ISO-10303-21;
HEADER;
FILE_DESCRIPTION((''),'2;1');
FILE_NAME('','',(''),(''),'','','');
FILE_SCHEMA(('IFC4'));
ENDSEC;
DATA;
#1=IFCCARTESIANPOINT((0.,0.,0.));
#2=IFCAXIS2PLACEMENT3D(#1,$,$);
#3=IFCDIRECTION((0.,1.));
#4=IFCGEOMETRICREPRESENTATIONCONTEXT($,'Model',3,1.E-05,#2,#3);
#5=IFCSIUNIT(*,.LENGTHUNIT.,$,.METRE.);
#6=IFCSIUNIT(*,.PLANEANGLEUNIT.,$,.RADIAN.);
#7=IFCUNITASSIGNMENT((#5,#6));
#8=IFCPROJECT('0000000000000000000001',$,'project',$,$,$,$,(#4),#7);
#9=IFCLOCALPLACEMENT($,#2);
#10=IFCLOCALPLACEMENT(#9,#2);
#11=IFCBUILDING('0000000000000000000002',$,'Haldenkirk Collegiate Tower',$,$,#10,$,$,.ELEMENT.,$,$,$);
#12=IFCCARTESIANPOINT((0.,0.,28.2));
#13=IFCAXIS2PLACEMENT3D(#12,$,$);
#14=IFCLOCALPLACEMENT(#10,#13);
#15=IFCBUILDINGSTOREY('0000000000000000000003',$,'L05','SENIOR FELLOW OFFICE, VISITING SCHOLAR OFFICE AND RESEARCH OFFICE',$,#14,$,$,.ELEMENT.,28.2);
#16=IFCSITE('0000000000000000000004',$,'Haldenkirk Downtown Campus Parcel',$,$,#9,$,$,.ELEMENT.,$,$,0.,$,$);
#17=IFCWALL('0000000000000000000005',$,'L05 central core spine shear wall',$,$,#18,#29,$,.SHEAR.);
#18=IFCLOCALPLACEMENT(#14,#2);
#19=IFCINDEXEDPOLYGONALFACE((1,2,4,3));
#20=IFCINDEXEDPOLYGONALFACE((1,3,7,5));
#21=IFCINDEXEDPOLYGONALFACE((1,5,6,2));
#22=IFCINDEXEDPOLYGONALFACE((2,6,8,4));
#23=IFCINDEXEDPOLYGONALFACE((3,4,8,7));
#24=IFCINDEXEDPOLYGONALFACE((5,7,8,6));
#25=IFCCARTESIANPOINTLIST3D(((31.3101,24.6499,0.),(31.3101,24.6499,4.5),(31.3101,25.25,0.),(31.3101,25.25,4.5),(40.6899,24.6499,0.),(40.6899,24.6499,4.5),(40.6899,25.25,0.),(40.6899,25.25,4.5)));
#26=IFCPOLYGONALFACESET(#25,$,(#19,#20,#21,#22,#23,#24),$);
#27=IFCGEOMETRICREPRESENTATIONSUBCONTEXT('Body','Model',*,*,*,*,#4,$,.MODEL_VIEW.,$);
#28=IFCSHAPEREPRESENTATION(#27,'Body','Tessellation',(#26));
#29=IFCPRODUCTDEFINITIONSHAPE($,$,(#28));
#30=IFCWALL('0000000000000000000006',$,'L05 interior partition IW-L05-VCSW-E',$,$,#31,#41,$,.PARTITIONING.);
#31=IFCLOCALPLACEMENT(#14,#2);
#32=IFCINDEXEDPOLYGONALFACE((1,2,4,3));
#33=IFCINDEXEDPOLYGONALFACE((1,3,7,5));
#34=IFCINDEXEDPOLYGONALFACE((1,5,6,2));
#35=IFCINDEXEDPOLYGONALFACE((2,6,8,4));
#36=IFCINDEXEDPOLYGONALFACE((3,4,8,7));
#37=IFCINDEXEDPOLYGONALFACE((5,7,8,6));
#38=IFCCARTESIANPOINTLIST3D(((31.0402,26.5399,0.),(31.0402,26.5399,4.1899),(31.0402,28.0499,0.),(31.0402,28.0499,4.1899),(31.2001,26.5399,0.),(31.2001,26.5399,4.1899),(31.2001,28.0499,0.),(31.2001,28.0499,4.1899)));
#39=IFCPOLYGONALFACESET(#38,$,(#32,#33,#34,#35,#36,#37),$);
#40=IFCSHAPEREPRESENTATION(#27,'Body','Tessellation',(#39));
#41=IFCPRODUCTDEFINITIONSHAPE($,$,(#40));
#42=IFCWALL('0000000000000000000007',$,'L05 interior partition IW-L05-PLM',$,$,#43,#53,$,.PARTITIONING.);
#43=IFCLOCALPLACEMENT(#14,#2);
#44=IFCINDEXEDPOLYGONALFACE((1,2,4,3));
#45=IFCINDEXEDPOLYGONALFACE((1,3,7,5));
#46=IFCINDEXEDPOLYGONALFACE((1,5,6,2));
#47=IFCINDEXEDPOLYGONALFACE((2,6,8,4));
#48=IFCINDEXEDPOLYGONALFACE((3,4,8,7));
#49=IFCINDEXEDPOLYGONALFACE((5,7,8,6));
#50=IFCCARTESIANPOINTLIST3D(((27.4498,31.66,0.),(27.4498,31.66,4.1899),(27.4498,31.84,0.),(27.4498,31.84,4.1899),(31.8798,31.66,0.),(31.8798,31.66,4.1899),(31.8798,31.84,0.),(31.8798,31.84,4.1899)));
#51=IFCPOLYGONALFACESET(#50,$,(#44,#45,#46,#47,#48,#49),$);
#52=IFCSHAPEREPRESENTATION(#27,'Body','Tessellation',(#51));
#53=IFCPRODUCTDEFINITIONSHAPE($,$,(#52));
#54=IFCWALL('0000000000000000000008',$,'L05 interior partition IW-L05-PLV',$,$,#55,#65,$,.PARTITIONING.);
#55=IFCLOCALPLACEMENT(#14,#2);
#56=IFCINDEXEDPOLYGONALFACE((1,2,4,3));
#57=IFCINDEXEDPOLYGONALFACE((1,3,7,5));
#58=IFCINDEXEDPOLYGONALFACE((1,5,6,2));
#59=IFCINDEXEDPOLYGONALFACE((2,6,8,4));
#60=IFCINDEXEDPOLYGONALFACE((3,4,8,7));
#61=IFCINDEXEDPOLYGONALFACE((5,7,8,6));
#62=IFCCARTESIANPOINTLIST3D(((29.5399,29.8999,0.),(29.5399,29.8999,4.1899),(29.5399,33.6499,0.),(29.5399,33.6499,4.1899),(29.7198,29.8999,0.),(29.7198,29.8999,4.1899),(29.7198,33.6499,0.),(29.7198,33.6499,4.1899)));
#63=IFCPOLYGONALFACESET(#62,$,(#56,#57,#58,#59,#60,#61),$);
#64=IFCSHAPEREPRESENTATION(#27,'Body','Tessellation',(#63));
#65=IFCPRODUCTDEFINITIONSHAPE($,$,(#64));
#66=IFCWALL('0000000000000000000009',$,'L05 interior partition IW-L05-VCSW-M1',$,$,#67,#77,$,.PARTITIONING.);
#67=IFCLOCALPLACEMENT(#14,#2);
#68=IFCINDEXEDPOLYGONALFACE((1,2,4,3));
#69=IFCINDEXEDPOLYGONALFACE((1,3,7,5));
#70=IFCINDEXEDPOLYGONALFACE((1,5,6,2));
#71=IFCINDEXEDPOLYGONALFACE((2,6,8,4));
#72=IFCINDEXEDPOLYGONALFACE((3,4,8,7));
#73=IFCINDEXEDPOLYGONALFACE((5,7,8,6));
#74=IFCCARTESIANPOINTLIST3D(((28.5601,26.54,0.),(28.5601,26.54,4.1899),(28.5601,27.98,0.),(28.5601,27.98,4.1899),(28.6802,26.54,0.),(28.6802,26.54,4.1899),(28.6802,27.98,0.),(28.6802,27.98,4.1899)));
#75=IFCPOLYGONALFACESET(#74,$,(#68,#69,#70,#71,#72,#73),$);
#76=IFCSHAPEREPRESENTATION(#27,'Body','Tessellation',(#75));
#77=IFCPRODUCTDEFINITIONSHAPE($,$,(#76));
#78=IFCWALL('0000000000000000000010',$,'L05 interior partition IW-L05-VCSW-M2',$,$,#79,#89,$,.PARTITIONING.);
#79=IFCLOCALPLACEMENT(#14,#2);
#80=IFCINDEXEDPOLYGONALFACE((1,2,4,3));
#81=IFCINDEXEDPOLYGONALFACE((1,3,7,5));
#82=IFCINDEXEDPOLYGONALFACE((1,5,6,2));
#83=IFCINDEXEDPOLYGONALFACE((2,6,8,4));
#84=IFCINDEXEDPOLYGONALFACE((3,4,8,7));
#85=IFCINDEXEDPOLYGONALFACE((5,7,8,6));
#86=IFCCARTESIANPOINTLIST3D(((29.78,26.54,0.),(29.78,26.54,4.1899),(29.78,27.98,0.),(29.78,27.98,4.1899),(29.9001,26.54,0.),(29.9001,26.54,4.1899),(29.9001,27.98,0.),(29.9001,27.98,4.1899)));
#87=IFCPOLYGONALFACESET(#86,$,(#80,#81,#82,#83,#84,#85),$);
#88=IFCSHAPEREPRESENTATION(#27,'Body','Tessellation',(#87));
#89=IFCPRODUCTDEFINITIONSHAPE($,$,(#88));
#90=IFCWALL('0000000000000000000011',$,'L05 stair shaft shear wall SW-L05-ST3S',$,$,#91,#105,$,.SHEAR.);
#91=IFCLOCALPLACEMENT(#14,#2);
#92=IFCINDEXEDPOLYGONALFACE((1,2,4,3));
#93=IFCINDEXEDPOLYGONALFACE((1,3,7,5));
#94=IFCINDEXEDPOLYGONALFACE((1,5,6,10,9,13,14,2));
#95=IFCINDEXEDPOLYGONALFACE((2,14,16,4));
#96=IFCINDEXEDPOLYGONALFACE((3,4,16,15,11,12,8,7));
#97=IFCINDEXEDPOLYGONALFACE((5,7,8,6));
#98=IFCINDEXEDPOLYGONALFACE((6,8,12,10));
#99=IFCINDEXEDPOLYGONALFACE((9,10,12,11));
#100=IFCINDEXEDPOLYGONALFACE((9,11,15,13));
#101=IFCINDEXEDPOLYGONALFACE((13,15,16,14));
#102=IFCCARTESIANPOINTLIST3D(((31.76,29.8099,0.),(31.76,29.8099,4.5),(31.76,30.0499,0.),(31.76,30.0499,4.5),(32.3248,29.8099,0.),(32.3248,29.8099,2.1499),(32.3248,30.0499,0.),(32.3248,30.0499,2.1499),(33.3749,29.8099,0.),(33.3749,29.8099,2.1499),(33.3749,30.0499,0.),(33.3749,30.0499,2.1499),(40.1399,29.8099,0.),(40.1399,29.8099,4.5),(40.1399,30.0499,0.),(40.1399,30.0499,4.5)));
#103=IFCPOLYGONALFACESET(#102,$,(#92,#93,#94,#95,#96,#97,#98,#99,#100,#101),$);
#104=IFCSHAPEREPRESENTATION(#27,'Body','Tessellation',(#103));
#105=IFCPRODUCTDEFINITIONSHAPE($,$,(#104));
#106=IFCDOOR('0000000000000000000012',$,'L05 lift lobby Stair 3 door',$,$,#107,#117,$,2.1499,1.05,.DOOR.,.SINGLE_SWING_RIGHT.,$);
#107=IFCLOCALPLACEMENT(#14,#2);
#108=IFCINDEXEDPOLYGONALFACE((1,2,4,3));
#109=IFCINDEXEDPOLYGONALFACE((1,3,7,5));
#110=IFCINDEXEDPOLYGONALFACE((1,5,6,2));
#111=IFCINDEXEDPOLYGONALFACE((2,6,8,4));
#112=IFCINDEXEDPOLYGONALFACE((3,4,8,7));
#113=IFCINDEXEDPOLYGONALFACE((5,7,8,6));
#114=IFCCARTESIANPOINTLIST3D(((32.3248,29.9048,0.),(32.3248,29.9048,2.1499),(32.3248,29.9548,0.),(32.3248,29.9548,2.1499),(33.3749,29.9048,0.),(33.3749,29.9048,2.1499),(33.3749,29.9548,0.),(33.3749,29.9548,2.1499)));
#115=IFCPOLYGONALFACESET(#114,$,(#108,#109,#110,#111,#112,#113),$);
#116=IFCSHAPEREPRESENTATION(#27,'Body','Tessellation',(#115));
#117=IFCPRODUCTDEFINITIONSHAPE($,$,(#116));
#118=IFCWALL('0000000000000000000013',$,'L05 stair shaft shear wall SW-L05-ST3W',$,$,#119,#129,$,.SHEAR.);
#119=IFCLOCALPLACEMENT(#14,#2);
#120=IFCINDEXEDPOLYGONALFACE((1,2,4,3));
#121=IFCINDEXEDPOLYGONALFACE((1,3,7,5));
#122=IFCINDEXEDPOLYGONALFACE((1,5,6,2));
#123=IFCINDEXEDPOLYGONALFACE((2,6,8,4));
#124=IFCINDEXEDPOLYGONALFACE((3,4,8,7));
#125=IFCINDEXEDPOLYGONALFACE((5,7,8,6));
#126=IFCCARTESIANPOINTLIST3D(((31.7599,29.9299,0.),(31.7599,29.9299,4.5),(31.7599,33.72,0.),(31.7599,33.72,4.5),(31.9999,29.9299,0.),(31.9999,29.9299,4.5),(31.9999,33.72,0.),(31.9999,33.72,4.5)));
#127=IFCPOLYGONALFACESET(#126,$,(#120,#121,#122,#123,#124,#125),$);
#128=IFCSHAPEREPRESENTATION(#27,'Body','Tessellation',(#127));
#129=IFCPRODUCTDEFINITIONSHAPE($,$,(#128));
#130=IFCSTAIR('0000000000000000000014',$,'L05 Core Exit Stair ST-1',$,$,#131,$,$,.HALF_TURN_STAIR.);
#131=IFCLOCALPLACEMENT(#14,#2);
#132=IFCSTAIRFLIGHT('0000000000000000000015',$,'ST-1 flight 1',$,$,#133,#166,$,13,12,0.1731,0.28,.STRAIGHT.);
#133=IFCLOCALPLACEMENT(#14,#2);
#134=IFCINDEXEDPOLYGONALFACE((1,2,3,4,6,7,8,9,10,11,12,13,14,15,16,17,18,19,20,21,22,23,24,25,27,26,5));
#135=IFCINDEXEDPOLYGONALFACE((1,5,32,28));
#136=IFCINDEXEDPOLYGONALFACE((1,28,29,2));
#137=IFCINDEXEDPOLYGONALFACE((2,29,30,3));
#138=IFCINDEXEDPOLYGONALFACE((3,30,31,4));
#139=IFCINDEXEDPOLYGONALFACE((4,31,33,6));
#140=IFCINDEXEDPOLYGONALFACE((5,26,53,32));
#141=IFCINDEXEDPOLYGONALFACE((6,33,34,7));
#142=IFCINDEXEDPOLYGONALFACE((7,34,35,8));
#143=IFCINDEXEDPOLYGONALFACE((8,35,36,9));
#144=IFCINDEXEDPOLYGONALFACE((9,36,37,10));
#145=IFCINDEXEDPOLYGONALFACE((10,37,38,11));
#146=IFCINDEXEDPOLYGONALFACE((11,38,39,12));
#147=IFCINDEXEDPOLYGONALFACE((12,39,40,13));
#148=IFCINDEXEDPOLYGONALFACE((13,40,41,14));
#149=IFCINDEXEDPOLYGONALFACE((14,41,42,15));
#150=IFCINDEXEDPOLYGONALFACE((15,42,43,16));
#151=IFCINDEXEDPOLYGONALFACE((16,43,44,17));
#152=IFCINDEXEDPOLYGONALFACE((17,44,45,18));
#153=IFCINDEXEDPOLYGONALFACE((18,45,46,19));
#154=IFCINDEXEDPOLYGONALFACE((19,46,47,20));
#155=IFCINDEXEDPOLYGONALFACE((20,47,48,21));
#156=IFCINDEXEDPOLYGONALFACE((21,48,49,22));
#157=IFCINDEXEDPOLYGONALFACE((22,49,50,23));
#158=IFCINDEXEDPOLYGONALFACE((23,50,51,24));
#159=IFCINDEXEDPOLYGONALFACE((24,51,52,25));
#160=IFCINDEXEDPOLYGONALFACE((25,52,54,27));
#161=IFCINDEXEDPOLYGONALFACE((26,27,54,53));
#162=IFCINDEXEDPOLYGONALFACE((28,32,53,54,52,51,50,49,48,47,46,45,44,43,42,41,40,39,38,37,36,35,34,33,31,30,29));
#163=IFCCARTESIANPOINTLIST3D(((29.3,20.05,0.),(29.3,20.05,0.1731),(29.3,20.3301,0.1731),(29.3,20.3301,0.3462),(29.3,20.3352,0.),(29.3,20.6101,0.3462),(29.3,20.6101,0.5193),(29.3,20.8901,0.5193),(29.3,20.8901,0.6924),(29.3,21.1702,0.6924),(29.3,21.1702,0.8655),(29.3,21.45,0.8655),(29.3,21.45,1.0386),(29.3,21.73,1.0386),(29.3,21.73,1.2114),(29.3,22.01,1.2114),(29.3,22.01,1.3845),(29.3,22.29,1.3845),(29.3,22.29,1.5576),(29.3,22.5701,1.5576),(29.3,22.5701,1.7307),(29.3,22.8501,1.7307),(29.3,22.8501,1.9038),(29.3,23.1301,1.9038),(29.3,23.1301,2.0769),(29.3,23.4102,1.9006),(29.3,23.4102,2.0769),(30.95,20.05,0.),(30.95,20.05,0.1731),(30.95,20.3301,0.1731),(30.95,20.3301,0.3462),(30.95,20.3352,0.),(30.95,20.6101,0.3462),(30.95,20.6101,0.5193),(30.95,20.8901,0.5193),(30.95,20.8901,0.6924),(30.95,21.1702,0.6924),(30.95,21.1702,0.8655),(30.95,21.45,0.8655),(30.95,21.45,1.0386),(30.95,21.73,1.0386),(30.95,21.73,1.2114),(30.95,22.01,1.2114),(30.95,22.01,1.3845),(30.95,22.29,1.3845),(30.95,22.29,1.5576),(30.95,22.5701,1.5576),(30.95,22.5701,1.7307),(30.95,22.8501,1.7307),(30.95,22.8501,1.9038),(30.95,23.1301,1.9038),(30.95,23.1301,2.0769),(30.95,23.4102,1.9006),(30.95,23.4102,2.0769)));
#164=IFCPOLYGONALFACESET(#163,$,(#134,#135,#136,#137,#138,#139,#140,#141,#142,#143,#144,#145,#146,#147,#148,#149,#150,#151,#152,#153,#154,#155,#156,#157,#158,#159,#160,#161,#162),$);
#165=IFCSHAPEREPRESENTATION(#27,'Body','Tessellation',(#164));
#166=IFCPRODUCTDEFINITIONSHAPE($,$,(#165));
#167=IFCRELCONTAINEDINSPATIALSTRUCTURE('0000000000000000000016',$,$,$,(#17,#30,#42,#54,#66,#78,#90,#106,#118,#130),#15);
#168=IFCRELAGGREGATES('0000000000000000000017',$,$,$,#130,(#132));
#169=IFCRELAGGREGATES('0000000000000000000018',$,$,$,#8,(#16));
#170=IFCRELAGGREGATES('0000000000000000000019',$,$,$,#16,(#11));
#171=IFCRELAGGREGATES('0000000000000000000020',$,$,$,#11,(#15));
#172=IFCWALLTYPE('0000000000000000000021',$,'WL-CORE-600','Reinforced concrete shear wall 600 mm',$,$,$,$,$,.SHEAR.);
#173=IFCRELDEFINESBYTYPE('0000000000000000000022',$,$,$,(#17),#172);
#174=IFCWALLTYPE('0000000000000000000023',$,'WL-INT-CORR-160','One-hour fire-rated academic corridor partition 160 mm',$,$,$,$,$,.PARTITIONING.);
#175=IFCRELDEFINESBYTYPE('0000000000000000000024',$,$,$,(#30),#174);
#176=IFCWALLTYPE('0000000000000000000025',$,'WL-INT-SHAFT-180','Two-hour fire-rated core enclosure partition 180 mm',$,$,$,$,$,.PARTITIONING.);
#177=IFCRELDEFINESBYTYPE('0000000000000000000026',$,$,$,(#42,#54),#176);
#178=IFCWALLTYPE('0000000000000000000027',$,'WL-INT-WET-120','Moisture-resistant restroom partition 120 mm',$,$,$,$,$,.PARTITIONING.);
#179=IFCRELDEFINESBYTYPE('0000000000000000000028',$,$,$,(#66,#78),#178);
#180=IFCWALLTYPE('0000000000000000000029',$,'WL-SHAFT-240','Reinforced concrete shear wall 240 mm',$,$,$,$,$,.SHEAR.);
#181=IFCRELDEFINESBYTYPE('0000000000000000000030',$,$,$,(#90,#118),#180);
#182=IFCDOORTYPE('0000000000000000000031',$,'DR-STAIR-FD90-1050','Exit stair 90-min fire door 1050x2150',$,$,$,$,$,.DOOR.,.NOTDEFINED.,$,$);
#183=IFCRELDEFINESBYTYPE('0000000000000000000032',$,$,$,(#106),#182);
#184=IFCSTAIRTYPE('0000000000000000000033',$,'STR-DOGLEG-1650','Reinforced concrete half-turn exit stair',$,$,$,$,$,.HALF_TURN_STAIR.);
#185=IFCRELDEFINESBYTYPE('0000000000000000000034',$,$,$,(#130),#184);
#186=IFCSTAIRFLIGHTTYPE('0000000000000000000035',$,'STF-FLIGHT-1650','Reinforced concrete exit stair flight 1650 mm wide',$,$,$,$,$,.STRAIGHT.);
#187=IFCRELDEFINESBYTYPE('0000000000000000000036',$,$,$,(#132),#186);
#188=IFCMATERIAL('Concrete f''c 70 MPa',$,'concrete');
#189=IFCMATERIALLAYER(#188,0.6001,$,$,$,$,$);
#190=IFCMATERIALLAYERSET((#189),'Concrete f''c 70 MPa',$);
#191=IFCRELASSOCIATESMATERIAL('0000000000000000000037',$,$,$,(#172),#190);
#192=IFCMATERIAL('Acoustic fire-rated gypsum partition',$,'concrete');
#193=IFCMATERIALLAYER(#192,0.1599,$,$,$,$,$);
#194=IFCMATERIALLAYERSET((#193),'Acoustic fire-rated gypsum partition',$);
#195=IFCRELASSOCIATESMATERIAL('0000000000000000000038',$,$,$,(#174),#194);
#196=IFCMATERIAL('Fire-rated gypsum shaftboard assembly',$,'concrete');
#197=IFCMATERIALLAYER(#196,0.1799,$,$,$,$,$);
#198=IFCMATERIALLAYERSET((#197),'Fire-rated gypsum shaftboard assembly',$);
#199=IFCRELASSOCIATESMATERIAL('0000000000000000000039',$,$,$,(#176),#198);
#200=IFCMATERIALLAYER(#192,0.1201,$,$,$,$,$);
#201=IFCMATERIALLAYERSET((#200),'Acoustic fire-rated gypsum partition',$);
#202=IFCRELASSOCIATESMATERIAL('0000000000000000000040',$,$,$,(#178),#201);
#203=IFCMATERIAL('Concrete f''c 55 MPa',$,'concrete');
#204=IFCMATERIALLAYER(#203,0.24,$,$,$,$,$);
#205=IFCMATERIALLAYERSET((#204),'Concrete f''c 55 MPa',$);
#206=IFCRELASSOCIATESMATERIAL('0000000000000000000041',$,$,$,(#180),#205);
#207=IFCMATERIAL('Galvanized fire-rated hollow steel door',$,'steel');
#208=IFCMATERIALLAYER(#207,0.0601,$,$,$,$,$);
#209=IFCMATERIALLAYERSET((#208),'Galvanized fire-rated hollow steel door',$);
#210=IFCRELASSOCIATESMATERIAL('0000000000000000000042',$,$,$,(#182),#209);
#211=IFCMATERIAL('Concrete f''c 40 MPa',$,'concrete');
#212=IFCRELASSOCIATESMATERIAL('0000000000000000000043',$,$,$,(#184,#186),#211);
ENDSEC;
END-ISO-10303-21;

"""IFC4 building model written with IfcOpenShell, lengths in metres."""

from ifc_helpers import new_model, si_unit, direction, frame, frame_2d, origin, place, context, subcontext, project, spatial, polyline, rectangle, outline, extrude, material, layer, layer_set, type_object, element, fill, aggregate, save


model = new_model("IFC4")

# Units and contexts
model_context = context("Model", 3, precision=1e-05, world=origin(), true_north=direction((0.0, 1.0)))
body_context = subcontext(model_context, "Body", "Model", "MODEL_VIEW")
ifc_project = project(units=[si_unit("LENGTHUNIT", "METRE"), si_unit("PLANEANGLEUNIT", "RADIAN")], contexts=[model_context])

# Site, building, storey
site_placement = place(None, origin())
site = spatial("IfcSite", under=ifc_project, at=site_placement, Name="Haldenkirk Downtown Campus Parcel", CompositionType="ELEMENT", RefElevation=0.0)
building_placement = place(site_placement, origin())
building = spatial("IfcBuilding", under=site, at=building_placement, Name="Haldenkirk Collegiate Tower", CompositionType="ELEMENT")
storey_placement = place(building_placement, frame((0.0, 0.0, 28.2)))
storey = spatial("IfcBuildingStorey", under=building, at=storey_placement, Name="L05", Description="SENIOR FELLOW OFFICE, VISITING SCHOLAR OFFICE AND RESEARCH OFFICE", CompositionType="ELEMENT", Elevation=28.2)

# Walls
ifc_material_1 = material(Name="Concrete f'c 70 MPa", Category="concrete")
ifc_layer_1 = layer(ifc_material_1, 0.6001)
ifc_layer_set_1 = layer_set([ifc_layer_1], Name="Concrete f'c 70 MPa")
wall_type_1 = type_object("IfcWallType", Name="WL-CORE-600", Description="Reinforced concrete shear wall 600 mm", PredefinedType="SHEAR", material=ifc_layer_set_1)
wall_1_placement = place(storey_placement, frame((31.3101, 24.95, 0.0), z_axis=(0.0, 0.0, 1.0), x_axis=(1.0, 0.0, 0.0)))
element("IfcWall", 1, at=wall_1_placement, inside=storey, type_object=wall_type_1, Name="L05 central core spine shear wall", PredefinedType="SHEAR", context=body_context, shape_type="SweptSolid", body=[
    extrude(rectangle(XDim=9.3799, YDim=0.6001, at=frame_2d((4.6899, 0.0))), origin(), (0.0, 0.0, 1.0), 4.5),
])
ifc_material_2 = material(Name="Acoustic fire-rated gypsum partition", Category="concrete")
ifc_layer_2 = layer(ifc_material_2, 0.1599)
ifc_layer_set_2 = layer_set([ifc_layer_2], Name="Acoustic fire-rated gypsum partition")
wall_type_2 = type_object("IfcWallType", Name="WL-INT-CORR-160", Description="One-hour fire-rated academic corridor partition 160 mm", PredefinedType="PARTITIONING", material=ifc_layer_set_2)
wall_2_placement = place(storey_placement, frame((31.1201, 26.54, 0.0), z_axis=(0.0, 0.0, 1.0), x_axis=(0.0, 1.0, 0.0)))
element("IfcWall", 2, at=wall_2_placement, inside=storey, type_object=wall_type_2, Name="L05 interior partition IW-L05-VCSW-E", PredefinedType="PARTITIONING", context=body_context, shape_type="SweptSolid", body=[
    extrude(rectangle(XDim=1.51, YDim=0.1599, at=frame_2d((0.7549, 0.0))), origin(), (0.0, 0.0, 1.0), 4.1899),
])

# Shared definitions
ifc_material_3 = material(Name="Fire-rated gypsum shaftboard assembly", Category="concrete")
ifc_layer_3 = layer(ifc_material_3, 0.1799)
ifc_layer_set_3 = layer_set([ifc_layer_3], Name="Fire-rated gypsum shaftboard assembly")
wall_type_3 = type_object("IfcWallType", Name="WL-INT-SHAFT-180", Description="Two-hour fire-rated core enclosure partition 180 mm", PredefinedType="PARTITIONING", material=ifc_layer_set_3)

# Walls
wall_3_placement = place(storey_placement, frame((27.45, 31.75, 0.0), z_axis=(0.0, 0.0, 1.0), x_axis=(1.0, 0.0, 0.0)))
element("IfcWall", 3, at=wall_3_placement, inside=storey, type_object=wall_type_3, Name="L05 interior partition IW-L05-PLM", PredefinedType="PARTITIONING", context=body_context, shape_type="SweptSolid", body=[
    extrude(rectangle(XDim=4.4299, YDim=0.1799, at=frame_2d((2.2148, 0.0))), origin(), (0.0, 0.0, 1.0), 4.1899),
])
wall_4_placement = place(storey_placement, frame((29.6299, 29.8999, 0.0), z_axis=(0.0, 0.0, 1.0), x_axis=(0.0, 1.0, 0.0)))
element("IfcWall", 4, at=wall_4_placement, inside=storey, type_object=wall_type_3, Name="L05 interior partition IW-L05-PLV", PredefinedType="PARTITIONING", context=body_context, shape_type="SweptSolid", body=[
    extrude(rectangle(XDim=3.75, YDim=0.1799, at=frame_2d((1.875, 0.0))), origin(), (0.0, 0.0, 1.0), 4.1899),
])

# Shared definitions
ifc_material_4 = material(Name="Galvanized fire-rated hollow steel door", Category="steel")

# Walls
ifc_layer_4 = layer(ifc_material_2, 0.1201)
ifc_layer_set_4 = layer_set([ifc_layer_4], Name="Acoustic fire-rated gypsum partition")
wall_type_4 = type_object("IfcWallType", Name="WL-INT-WET-120", Description="Moisture-resistant restroom partition 120 mm", PredefinedType="PARTITIONING", material=ifc_layer_set_4)
for number, where, z_axis, x_axis, name in (
    (5, (28.6201, 26.54, 0.0), (0.0, 0.0, 1.0), (0.0, 1.0, 0.0), "L05 interior partition IW-L05-VCSW-M1"),
    (6, (29.8401, 26.54, 0.0), (0.0, 0.0, 1.0), (0.0, 1.0, 0.0), "L05 interior partition IW-L05-VCSW-M2"),
):
    element("IfcWall", number, at=place(storey_placement, frame(where, z_axis=z_axis, x_axis=x_axis)), inside=storey, type_object=wall_type_4, Name=name, PredefinedType="PARTITIONING", context=body_context, shape_type="SweptSolid", body=[
        extrude(rectangle(XDim=1.4399, YDim=0.1201, at=frame_2d((0.72, 0.0))), origin(), (0.0, 0.0, 1.0), 4.1899),
    ])

# Wall, opening, door
ifc_material_5 = material(Name="Concrete f'c 55 MPa", Category="concrete")
ifc_layer_5 = layer(ifc_material_5, 0.24)
ifc_layer_set_5 = layer_set([ifc_layer_5], Name="Concrete f'c 55 MPa")
wall_type_5 = type_object("IfcWallType", Name="WL-SHAFT-240", Description="Reinforced concrete shear wall 240 mm", PredefinedType="SHEAR", material=ifc_layer_set_5)
wall_5_placement = place(storey_placement, frame((31.76, 29.9299, 0.0), z_axis=(0.0, 0.0, 1.0), x_axis=(1.0, 0.0, 0.0)))
wall_5 = element("IfcWall", 7, at=wall_5_placement, inside=storey, type_object=wall_type_5, Name="L05 stair shaft shear wall SW-L05-ST3S", PredefinedType="SHEAR", context=body_context, shape_type="SweptSolid", body=[
    extrude(rectangle(XDim=8.3799, YDim=0.24, at=frame_2d((4.1899, 0.0))), origin(), (0.0, 0.0, 1.0), 4.5),
])
opening_1_placement = place(wall_5_placement, frame((0.5649, 0.0, 0.0)))
opening_1 = element("IfcOpeningElement", 8, at=opening_1_placement, cuts=wall_5, PredefinedType="OPENING", context=body_context, shape_type="SweptSolid", body=[
    extrude(rectangle(XDim=1.05, YDim=2.1499, at=frame_2d((0.5249, 1.075))), frame((0.0, 0.1299, 0.0), z_axis=(0.0, -1.0, 0.0), x_axis=(1.0, 0.0, 0.0)), (0.0, 0.0, 1.0), 0.26),
])
ifc_layer_6 = layer(ifc_material_4, 0.0601)
ifc_layer_set_6 = layer_set([ifc_layer_6], Name="Galvanized fire-rated hollow steel door")
door_type_1 = type_object("IfcDoorType", Name="DR-STAIR-FD90-1050", Description="Exit stair 90-min fire door 1050x2150", OperationType="NOTDEFINED", PredefinedType="DOOR", material=ifc_layer_set_6)
door_1_placement = place(opening_1_placement, origin())
door_1 = element("IfcDoor", 9, at=door_1_placement, inside=storey, type_object=door_type_1, Name="L05 lift lobby Stair 3 door", OperationType="SINGLE_SWING_RIGHT", OverallHeight=2.1499, OverallWidth=1.05, PredefinedType="DOOR", context=body_context, shape_type="SweptSolid", body=[
    extrude(rectangle(XDim=1.05, YDim=2.1499, at=frame_2d((0.5249, 1.075))), frame((0.0, 0.0249, 0.0), z_axis=(0.0, -1.0, 0.0), x_axis=(1.0, 0.0, 0.0)), (0.0, 0.0, 1.0), 0.05),
])
fill(opening_1, door_1)

# Wall
wall_6_placement = place(storey_placement, frame((31.8799, 29.9299, 0.0), z_axis=(0.0, 0.0, 1.0), x_axis=(0.0, 1.0, 0.0)))
element("IfcWall", 10, at=wall_6_placement, inside=storey, type_object=wall_type_5, Name="L05 stair shaft shear wall SW-L05-ST3W", PredefinedType="SHEAR", context=body_context, shape_type="SweptSolid", body=[
    extrude(rectangle(XDim=3.79, YDim=0.24, at=frame_2d((1.895, 0.0))), origin(), (0.0, 0.0, 1.0), 4.5),
])

# Stair, stair flight
ifc_material_6 = material(Name="Concrete f'c 40 MPa", Category="concrete")
stair_type = type_object("IfcStairType", Name="STR-DOGLEG-1650", Description="Reinforced concrete half-turn exit stair", PredefinedType="HALF_TURN_STAIR", material=ifc_material_6)
stair_placement = place(storey_placement, origin())
stair = element("IfcStair", 11, at=stair_placement, inside=storey, type_object=stair_type, Name="L05 Core Exit Stair ST-1", PredefinedType="HALF_TURN_STAIR")
stair_flight_type = type_object("IfcStairFlightType", Name="STF-FLIGHT-1650", Description="Reinforced concrete exit stair flight 1650 mm wide", PredefinedType="STRAIGHT", material=ifc_material_6)
stair_flight_1_placement = place(storey_placement, frame((30.125, 20.05, 0.0), z_axis=(0.0, 0.0, 1.0), x_axis=(0.0, 1.0, 0.0)))
stair_flight_1 = element("IfcStairFlight", 12, at=stair_flight_1_placement, type_object=stair_flight_type, Name="ST-1 flight 1", NumberOfRisers=13, NumberOfTreads=12, PredefinedType="STRAIGHT", RiserHeight=0.1731, TreadLength=0.28, context=body_context, shape_type="SweptSolid", body=[
    extrude(outline(polyline([(0.0, 0.0), (0.0, 0.1731), (0.28, 0.1731), (0.28, 0.3462), (0.5601, 0.3462), (0.5601, 0.5193), (0.8401, 0.5193), (0.8401, 0.6924), (1.1201, 0.6924), (1.1201, 0.8655), (1.3999, 0.8655), (1.3999, 1.0386), (1.6799, 1.0386), (1.6799, 1.2114), (1.96, 1.2114), (1.96, 1.3845), (2.24, 1.3845), (2.24, 1.5576), (2.52, 1.5576), (2.52, 1.7307), (2.8, 1.7307), (2.8, 1.9038), (3.0801, 1.9038), (3.0801, 2.0769), (3.3601, 2.0769), (3.3601, 2.25), (3.3601, 1.9006), (0.2852, 0.0), (0.0, 0.0)])), frame((0.0, 0.825, 0.0), z_axis=(0.0, -1.0, 0.0), x_axis=(1.0, 0.0, 0.0)), (0.0, 0.0, 1.0), 1.6499),
])
aggregate(stair, [stair_flight_1])

save(model, "model.ifc")
